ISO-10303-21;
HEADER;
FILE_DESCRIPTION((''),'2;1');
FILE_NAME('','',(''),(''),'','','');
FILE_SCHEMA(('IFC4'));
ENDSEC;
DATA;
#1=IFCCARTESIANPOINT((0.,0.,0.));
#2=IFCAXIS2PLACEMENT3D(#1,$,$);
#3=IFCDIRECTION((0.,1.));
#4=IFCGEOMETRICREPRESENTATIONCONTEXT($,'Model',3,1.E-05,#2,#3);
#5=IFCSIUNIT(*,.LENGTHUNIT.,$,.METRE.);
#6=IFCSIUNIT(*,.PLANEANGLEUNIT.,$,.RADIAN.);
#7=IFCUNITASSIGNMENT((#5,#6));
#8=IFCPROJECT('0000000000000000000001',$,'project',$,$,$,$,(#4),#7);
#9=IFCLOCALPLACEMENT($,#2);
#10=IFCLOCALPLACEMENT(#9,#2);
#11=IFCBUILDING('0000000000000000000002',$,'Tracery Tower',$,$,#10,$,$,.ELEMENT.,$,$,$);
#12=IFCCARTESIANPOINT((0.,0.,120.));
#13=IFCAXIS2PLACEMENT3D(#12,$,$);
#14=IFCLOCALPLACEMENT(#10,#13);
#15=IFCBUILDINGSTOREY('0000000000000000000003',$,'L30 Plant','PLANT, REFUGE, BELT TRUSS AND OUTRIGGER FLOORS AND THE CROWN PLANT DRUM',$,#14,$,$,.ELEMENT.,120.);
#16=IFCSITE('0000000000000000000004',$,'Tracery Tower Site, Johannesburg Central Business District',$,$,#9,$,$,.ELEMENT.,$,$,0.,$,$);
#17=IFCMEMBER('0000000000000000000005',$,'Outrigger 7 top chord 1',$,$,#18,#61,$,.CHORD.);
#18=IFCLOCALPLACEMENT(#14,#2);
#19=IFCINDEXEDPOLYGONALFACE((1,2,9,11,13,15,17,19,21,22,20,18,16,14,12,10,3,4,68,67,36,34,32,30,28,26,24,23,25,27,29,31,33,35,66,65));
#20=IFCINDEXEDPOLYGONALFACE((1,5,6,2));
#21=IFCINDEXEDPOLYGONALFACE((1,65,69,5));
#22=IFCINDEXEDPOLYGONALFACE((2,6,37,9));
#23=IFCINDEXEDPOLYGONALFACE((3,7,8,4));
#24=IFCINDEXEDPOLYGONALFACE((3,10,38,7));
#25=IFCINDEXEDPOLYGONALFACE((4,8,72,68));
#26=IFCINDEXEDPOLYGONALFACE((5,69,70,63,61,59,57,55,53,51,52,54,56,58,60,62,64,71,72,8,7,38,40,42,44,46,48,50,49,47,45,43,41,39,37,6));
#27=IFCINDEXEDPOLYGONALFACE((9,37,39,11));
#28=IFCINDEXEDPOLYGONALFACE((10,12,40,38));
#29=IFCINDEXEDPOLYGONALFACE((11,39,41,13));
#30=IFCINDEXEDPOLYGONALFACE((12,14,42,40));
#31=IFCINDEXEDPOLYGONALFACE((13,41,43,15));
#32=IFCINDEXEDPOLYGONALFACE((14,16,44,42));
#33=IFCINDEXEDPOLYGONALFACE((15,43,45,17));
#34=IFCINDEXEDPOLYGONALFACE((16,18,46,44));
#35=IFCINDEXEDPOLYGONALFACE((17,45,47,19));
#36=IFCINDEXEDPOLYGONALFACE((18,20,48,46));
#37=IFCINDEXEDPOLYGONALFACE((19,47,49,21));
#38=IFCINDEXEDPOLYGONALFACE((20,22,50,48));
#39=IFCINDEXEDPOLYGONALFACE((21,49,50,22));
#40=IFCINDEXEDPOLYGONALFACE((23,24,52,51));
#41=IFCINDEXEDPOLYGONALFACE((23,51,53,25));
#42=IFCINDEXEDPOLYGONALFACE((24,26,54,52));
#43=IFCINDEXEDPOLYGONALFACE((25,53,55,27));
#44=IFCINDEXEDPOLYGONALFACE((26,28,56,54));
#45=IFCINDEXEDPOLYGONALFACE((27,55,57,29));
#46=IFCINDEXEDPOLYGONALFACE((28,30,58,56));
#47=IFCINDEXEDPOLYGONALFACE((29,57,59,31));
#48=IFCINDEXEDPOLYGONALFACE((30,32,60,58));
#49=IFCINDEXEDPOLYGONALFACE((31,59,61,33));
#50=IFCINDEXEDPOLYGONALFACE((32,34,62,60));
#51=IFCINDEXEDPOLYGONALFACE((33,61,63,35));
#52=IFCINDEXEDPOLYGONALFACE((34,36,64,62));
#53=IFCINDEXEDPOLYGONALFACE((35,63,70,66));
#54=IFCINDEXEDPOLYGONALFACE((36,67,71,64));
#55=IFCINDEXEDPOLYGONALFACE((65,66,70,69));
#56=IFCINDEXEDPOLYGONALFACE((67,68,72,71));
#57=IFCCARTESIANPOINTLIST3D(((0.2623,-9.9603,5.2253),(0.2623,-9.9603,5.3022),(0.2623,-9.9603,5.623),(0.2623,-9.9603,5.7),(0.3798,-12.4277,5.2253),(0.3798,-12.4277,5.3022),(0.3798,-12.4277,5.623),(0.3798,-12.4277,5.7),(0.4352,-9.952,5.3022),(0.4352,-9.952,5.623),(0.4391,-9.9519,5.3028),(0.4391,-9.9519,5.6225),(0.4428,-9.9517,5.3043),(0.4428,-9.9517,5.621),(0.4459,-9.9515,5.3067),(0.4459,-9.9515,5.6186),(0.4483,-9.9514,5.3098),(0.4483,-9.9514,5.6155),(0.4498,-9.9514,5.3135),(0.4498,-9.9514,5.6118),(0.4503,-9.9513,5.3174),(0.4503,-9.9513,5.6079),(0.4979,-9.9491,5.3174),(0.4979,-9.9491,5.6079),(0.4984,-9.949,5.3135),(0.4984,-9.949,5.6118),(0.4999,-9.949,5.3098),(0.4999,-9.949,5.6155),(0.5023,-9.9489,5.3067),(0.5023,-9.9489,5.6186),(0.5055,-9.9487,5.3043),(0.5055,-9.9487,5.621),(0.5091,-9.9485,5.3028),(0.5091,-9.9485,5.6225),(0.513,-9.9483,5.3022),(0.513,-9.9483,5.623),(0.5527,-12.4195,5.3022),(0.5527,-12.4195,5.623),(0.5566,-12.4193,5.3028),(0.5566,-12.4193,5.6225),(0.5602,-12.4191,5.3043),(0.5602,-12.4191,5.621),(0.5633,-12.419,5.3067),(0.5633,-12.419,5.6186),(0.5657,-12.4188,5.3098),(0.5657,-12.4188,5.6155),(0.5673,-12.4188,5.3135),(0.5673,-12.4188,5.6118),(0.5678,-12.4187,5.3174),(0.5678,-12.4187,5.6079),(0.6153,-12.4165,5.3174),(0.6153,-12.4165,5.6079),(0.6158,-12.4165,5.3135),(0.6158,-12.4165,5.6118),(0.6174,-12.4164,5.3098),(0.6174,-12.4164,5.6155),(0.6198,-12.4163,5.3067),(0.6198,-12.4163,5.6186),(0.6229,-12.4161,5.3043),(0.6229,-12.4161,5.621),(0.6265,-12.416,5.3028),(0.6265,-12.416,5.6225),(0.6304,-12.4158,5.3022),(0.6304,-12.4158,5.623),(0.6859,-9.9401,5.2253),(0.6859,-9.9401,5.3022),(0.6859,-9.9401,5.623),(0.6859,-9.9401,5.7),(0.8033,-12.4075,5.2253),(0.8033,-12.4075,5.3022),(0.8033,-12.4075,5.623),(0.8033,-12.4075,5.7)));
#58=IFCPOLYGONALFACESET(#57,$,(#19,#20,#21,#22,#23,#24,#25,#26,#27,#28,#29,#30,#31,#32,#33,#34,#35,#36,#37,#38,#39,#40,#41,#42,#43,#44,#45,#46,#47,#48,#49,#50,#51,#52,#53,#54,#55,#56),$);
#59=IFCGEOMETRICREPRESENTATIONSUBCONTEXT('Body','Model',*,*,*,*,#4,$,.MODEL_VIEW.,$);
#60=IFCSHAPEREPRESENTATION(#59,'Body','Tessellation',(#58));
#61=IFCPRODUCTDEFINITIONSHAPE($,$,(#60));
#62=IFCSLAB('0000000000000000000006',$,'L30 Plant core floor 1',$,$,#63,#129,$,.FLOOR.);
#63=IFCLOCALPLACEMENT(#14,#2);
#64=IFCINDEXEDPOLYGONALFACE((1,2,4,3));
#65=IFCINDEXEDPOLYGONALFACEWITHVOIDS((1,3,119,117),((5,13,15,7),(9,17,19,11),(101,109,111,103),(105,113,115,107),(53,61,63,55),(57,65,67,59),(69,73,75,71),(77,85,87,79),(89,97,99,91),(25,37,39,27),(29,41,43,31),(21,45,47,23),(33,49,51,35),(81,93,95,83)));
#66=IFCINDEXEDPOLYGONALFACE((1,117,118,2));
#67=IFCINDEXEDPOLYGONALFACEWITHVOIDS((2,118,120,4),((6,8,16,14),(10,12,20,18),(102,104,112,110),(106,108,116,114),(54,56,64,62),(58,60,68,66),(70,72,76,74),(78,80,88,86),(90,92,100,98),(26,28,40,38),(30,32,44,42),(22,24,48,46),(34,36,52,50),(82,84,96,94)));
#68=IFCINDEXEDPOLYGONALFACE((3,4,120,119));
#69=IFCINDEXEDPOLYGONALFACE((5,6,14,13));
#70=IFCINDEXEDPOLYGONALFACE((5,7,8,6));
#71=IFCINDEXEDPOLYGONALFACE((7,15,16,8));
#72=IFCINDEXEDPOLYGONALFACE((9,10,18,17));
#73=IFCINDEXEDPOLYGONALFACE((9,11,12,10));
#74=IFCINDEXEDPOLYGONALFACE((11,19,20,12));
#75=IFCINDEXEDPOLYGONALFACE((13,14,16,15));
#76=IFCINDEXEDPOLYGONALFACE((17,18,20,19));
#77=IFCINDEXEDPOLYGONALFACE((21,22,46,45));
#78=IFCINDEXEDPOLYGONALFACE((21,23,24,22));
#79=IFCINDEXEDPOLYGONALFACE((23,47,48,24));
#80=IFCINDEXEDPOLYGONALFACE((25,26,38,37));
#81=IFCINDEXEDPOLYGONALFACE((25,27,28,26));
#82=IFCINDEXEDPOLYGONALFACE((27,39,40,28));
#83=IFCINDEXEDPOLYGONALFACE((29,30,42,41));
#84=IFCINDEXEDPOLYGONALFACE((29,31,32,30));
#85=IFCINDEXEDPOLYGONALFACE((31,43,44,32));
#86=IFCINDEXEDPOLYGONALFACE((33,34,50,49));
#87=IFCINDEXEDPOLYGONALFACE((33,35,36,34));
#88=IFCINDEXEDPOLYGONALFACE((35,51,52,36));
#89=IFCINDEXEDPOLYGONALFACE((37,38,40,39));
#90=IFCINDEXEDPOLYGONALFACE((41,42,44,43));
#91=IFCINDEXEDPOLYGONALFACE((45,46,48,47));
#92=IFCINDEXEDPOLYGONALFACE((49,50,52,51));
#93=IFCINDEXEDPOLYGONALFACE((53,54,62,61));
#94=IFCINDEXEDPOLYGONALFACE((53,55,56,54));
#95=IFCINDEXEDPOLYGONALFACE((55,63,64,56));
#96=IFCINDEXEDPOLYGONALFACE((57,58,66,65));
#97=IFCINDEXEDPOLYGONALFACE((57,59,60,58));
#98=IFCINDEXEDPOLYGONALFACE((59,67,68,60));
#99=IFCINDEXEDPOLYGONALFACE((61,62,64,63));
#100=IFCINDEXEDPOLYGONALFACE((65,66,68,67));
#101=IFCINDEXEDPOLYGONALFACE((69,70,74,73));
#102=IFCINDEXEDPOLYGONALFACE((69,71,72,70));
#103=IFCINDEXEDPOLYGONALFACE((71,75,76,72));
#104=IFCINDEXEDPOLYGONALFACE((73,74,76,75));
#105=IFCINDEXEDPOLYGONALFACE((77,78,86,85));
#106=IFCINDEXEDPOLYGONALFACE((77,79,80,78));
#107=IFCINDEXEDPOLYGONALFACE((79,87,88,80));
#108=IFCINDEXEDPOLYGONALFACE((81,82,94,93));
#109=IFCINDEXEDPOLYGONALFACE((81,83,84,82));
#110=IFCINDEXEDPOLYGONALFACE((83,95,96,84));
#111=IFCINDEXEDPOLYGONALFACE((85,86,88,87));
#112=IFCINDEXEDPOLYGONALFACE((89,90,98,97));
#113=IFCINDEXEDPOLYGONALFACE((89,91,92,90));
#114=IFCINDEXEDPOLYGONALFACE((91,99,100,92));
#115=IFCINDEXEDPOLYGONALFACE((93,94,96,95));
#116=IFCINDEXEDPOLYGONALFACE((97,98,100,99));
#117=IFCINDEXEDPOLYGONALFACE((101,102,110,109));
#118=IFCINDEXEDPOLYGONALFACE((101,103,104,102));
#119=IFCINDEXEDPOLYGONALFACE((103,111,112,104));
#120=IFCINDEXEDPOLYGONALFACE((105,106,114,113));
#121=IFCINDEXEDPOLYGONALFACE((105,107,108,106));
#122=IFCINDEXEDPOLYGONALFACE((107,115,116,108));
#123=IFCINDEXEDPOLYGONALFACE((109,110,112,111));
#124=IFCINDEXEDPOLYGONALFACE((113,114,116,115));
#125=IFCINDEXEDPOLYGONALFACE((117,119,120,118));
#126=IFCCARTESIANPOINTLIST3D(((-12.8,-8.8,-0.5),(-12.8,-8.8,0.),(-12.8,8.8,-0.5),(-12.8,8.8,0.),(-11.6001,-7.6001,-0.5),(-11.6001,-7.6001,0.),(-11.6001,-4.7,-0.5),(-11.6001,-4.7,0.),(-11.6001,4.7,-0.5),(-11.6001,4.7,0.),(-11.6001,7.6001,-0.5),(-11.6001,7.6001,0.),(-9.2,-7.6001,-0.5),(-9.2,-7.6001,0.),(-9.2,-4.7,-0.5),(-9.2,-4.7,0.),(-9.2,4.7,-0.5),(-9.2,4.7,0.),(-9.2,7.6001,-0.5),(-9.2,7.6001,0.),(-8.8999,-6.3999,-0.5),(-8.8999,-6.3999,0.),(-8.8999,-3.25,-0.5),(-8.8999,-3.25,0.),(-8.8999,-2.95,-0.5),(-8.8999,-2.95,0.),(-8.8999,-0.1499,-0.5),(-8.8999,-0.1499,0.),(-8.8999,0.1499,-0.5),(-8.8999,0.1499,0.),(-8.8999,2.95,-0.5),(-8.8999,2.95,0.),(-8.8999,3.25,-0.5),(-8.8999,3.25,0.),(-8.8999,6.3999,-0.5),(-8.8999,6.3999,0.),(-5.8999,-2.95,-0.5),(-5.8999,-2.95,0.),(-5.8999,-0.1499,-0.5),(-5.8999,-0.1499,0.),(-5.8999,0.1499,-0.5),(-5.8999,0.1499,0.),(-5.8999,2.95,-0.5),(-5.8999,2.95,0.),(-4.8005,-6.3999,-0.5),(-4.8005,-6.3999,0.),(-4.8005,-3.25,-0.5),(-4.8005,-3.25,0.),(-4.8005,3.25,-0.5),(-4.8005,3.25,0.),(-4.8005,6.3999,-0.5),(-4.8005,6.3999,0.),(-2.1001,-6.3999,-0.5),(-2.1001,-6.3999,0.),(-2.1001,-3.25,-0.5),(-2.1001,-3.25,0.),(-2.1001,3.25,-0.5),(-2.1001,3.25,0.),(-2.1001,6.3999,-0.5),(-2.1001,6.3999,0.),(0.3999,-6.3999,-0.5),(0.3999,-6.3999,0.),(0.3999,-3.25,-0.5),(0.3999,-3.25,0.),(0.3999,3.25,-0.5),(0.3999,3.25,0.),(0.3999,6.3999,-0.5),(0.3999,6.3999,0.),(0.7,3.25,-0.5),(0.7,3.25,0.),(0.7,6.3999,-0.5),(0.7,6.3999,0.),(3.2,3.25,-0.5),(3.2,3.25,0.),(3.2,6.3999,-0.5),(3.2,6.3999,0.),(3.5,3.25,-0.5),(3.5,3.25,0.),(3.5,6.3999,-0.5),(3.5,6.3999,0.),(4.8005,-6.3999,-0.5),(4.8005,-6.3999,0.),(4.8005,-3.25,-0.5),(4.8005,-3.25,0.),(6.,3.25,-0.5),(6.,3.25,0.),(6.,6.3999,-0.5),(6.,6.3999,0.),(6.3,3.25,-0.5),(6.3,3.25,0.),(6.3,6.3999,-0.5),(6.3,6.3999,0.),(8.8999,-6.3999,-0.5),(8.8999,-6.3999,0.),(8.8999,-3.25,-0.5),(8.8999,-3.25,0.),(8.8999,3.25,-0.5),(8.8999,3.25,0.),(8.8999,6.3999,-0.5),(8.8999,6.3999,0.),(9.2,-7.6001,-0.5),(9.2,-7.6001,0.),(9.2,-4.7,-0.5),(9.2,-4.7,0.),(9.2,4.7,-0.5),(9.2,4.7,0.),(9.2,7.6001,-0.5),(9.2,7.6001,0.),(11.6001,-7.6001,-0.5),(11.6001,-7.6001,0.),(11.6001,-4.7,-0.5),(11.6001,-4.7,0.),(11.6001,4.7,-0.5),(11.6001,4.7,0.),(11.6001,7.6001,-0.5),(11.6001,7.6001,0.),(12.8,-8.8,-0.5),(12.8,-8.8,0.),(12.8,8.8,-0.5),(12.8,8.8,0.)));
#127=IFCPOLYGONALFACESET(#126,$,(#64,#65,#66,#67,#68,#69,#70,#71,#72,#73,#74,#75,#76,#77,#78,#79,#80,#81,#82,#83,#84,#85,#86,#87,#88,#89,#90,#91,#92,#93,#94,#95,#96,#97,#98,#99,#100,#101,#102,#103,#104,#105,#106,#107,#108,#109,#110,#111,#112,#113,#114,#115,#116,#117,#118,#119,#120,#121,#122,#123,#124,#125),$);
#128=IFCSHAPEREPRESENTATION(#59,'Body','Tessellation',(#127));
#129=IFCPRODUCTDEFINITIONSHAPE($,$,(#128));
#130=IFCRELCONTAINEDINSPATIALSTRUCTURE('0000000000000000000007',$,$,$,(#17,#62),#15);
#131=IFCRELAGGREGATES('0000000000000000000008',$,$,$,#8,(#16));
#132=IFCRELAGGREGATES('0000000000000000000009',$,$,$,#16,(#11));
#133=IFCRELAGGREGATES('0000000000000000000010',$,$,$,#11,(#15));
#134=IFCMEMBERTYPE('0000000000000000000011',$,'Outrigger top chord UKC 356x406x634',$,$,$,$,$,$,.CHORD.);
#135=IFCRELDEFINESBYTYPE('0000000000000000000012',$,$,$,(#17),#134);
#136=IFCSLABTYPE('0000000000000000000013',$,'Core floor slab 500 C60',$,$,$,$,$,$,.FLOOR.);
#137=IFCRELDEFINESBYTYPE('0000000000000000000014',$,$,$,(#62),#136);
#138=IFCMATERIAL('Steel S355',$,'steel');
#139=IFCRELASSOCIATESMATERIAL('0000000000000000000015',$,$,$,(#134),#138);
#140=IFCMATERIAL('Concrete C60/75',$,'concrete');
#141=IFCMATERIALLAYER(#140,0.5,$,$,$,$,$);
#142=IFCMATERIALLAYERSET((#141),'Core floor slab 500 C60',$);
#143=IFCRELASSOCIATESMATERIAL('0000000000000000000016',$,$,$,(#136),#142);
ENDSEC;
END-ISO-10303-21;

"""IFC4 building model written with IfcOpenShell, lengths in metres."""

from ifc_helpers import new_model, si_unit, direction, frame, origin, origin_2d, place, context, subcontext, project, spatial, polyline, i_section, outline, extrude, material, layer, layer_set, material_profile, profile_set, type_object, element, save


model = new_model("IFC4")

# Units and contexts
model_context = context("Model", 3, precision=1e-05, world=origin(), true_north=direction((0.0, 1.0)))
body_context = subcontext(model_context, "Body", "Model", "MODEL_VIEW")
ifc_project = project(units=[si_unit("LENGTHUNIT", "METRE"), si_unit("PLANEANGLEUNIT", "RADIAN")], contexts=[model_context])

# Site, building, storey
site_placement = place(None, origin())
site = spatial("IfcSite", under=ifc_project, at=site_placement, Name="Tracery Tower Site, Johannesburg Central Business District", CompositionType="ELEMENT", RefElevation=0.0)
building_placement = place(site_placement, origin())
building = spatial("IfcBuilding", under=site, at=building_placement, Name="Tracery Tower", CompositionType="ELEMENT")
storey_placement = place(building_placement, frame((0.0, 0.0, 120.0)))
storey = spatial("IfcBuildingStorey", under=building, at=storey_placement, Name="L30 Plant", Description="PLANT, REFUGE, BELT TRUSS AND OUTRIGGER FLOORS AND THE CROWN PLANT DRUM", CompositionType="ELEMENT", Elevation=120.0)

# Member
ifc_material_1 = material(Name="Steel S355", Category="steel")
ifc_material_profile = material_profile(ifc_material_1, i_section(OverallWidth=0.4241, OverallDepth=0.4746, WebThickness=0.0476, FlangeThickness=0.0769, FilletRadius=0.0151, at=origin_2d()), Name="UKC 356x406x634")
ifc_profile_set = profile_set([ifc_material_profile], Name="Steel S355")
member_type = type_object("IfcMemberType", Name="Outrigger top chord UKC 356x406x634", PredefinedType="CHORD", material=ifc_profile_set)
member_placement = place(storey_placement, frame((0.4741, -9.9502, 5.4626), z_axis=(0.047537, -0.998869, 0.0), x_axis=(0.998869, 0.047537, 0.0)))
element("IfcMember", 1, at=member_placement, inside=storey, type_object=member_type, Name="Outrigger 7 top chord 1", PredefinedType="CHORD", context=body_context, shape_type="SweptSolid", body=[
    extrude(i_section(OverallWidth=0.4241, OverallDepth=0.4746, WebThickness=0.0476, FlangeThickness=0.0769, FilletRadius=0.0151, at=origin_2d()), origin(), (0.0, 0.0, 1.0), 2.4702),
])

# Slab
ifc_material_2 = material(Name="Concrete C60/75", Category="concrete")
ifc_layer_1 = layer(ifc_material_2, 0.5)
ifc_layer_set_1 = layer_set([ifc_layer_1], Name="Core floor slab 500 C60")
slab_type_1 = type_object("IfcSlabType", Name="Core floor slab 500 C60", PredefinedType="FLOOR", material=ifc_layer_set_1)
slab_1_placement = place(storey_placement, frame((0.0, 0.0, -0.5)))
element("IfcSlab", 2, at=slab_1_placement, inside=storey, type_object=slab_type_1, Name="L30 Plant core floor 1", PredefinedType="FLOOR", context=body_context, shape_type="SweptSolid", body=[
    extrude(outline(polyline([(-12.8, 8.8), (12.8, 8.8), (12.8, -8.8), (-12.8, -8.8), (-12.8, 8.8)]), holes=[polyline([(9.2, 4.7), (11.6001, 4.7), (11.6001, 7.6001), (9.2, 7.6001), (9.2, 4.7)]), polyline([(11.6001, -7.6001), (11.6001, -4.7), (9.2, -4.7), (9.2, -7.6001), (11.6001, -7.6001)]), polyline([(4.8005, -6.3999), (8.8999, -6.3999), (8.8999, -3.25), (4.8005, -3.25), (4.8005, -6.3999)]), polyline([(8.8999, 3.25), (8.8999, 6.3999), (6.3, 6.3999), (6.3, 3.25), (8.8999, 3.25)]), polyline([(6.0, 3.25), (6.0, 6.3999), (3.5, 6.3999), (3.5, 3.25), (6.0, 3.25)]), polyline([(3.2, 3.25), (3.2, 6.3999), (0.7, 6.3999), (0.7, 3.25), (3.2, 3.25)]), polyline([(-2.1001, 3.25), (0.3999, 3.25), (0.3999, 6.3999), (-2.1001, 6.3999), (-2.1001, 3.25)]), polyline([(0.3999, -6.3999), (0.3999, -3.25), (-2.1001, -3.25), (-2.1001, -6.3999), (0.3999, -6.3999)]), polyline([(-4.8005, -3.25), (-8.8999, -3.25), (-8.8999, -6.3999), (-4.8005, -6.3999), (-4.8005, -3.25)]), polyline([(-4.8005, 6.3999), (-8.8999, 6.3999), (-8.8999, 3.25), (-4.8005, 3.25), (-4.8005, 6.3999)]), polyline([(-5.8999, -2.95), (-5.8999, -0.1499), (-8.8999, -0.1499), (-8.8999, -2.95), (-5.8999, -2.95)]), polyline([(-5.8999, 0.1499), (-5.8999, 2.95), (-8.8999, 2.95), (-8.8999, 0.1499), (-5.8999, 0.1499)]), polyline([(-11.6001, 4.7), (-9.2, 4.7), (-9.2, 7.6001), (-11.6001, 7.6001), (-11.6001, 4.7)]), polyline([(-9.2, -7.6001), (-9.2, -4.7), (-11.6001, -4.7), (-11.6001, -7.6001), (-9.2, -7.6001)])]), origin(), (0.0, 0.0, 1.0), 0.5),
])

save(model, "model.ifc")
